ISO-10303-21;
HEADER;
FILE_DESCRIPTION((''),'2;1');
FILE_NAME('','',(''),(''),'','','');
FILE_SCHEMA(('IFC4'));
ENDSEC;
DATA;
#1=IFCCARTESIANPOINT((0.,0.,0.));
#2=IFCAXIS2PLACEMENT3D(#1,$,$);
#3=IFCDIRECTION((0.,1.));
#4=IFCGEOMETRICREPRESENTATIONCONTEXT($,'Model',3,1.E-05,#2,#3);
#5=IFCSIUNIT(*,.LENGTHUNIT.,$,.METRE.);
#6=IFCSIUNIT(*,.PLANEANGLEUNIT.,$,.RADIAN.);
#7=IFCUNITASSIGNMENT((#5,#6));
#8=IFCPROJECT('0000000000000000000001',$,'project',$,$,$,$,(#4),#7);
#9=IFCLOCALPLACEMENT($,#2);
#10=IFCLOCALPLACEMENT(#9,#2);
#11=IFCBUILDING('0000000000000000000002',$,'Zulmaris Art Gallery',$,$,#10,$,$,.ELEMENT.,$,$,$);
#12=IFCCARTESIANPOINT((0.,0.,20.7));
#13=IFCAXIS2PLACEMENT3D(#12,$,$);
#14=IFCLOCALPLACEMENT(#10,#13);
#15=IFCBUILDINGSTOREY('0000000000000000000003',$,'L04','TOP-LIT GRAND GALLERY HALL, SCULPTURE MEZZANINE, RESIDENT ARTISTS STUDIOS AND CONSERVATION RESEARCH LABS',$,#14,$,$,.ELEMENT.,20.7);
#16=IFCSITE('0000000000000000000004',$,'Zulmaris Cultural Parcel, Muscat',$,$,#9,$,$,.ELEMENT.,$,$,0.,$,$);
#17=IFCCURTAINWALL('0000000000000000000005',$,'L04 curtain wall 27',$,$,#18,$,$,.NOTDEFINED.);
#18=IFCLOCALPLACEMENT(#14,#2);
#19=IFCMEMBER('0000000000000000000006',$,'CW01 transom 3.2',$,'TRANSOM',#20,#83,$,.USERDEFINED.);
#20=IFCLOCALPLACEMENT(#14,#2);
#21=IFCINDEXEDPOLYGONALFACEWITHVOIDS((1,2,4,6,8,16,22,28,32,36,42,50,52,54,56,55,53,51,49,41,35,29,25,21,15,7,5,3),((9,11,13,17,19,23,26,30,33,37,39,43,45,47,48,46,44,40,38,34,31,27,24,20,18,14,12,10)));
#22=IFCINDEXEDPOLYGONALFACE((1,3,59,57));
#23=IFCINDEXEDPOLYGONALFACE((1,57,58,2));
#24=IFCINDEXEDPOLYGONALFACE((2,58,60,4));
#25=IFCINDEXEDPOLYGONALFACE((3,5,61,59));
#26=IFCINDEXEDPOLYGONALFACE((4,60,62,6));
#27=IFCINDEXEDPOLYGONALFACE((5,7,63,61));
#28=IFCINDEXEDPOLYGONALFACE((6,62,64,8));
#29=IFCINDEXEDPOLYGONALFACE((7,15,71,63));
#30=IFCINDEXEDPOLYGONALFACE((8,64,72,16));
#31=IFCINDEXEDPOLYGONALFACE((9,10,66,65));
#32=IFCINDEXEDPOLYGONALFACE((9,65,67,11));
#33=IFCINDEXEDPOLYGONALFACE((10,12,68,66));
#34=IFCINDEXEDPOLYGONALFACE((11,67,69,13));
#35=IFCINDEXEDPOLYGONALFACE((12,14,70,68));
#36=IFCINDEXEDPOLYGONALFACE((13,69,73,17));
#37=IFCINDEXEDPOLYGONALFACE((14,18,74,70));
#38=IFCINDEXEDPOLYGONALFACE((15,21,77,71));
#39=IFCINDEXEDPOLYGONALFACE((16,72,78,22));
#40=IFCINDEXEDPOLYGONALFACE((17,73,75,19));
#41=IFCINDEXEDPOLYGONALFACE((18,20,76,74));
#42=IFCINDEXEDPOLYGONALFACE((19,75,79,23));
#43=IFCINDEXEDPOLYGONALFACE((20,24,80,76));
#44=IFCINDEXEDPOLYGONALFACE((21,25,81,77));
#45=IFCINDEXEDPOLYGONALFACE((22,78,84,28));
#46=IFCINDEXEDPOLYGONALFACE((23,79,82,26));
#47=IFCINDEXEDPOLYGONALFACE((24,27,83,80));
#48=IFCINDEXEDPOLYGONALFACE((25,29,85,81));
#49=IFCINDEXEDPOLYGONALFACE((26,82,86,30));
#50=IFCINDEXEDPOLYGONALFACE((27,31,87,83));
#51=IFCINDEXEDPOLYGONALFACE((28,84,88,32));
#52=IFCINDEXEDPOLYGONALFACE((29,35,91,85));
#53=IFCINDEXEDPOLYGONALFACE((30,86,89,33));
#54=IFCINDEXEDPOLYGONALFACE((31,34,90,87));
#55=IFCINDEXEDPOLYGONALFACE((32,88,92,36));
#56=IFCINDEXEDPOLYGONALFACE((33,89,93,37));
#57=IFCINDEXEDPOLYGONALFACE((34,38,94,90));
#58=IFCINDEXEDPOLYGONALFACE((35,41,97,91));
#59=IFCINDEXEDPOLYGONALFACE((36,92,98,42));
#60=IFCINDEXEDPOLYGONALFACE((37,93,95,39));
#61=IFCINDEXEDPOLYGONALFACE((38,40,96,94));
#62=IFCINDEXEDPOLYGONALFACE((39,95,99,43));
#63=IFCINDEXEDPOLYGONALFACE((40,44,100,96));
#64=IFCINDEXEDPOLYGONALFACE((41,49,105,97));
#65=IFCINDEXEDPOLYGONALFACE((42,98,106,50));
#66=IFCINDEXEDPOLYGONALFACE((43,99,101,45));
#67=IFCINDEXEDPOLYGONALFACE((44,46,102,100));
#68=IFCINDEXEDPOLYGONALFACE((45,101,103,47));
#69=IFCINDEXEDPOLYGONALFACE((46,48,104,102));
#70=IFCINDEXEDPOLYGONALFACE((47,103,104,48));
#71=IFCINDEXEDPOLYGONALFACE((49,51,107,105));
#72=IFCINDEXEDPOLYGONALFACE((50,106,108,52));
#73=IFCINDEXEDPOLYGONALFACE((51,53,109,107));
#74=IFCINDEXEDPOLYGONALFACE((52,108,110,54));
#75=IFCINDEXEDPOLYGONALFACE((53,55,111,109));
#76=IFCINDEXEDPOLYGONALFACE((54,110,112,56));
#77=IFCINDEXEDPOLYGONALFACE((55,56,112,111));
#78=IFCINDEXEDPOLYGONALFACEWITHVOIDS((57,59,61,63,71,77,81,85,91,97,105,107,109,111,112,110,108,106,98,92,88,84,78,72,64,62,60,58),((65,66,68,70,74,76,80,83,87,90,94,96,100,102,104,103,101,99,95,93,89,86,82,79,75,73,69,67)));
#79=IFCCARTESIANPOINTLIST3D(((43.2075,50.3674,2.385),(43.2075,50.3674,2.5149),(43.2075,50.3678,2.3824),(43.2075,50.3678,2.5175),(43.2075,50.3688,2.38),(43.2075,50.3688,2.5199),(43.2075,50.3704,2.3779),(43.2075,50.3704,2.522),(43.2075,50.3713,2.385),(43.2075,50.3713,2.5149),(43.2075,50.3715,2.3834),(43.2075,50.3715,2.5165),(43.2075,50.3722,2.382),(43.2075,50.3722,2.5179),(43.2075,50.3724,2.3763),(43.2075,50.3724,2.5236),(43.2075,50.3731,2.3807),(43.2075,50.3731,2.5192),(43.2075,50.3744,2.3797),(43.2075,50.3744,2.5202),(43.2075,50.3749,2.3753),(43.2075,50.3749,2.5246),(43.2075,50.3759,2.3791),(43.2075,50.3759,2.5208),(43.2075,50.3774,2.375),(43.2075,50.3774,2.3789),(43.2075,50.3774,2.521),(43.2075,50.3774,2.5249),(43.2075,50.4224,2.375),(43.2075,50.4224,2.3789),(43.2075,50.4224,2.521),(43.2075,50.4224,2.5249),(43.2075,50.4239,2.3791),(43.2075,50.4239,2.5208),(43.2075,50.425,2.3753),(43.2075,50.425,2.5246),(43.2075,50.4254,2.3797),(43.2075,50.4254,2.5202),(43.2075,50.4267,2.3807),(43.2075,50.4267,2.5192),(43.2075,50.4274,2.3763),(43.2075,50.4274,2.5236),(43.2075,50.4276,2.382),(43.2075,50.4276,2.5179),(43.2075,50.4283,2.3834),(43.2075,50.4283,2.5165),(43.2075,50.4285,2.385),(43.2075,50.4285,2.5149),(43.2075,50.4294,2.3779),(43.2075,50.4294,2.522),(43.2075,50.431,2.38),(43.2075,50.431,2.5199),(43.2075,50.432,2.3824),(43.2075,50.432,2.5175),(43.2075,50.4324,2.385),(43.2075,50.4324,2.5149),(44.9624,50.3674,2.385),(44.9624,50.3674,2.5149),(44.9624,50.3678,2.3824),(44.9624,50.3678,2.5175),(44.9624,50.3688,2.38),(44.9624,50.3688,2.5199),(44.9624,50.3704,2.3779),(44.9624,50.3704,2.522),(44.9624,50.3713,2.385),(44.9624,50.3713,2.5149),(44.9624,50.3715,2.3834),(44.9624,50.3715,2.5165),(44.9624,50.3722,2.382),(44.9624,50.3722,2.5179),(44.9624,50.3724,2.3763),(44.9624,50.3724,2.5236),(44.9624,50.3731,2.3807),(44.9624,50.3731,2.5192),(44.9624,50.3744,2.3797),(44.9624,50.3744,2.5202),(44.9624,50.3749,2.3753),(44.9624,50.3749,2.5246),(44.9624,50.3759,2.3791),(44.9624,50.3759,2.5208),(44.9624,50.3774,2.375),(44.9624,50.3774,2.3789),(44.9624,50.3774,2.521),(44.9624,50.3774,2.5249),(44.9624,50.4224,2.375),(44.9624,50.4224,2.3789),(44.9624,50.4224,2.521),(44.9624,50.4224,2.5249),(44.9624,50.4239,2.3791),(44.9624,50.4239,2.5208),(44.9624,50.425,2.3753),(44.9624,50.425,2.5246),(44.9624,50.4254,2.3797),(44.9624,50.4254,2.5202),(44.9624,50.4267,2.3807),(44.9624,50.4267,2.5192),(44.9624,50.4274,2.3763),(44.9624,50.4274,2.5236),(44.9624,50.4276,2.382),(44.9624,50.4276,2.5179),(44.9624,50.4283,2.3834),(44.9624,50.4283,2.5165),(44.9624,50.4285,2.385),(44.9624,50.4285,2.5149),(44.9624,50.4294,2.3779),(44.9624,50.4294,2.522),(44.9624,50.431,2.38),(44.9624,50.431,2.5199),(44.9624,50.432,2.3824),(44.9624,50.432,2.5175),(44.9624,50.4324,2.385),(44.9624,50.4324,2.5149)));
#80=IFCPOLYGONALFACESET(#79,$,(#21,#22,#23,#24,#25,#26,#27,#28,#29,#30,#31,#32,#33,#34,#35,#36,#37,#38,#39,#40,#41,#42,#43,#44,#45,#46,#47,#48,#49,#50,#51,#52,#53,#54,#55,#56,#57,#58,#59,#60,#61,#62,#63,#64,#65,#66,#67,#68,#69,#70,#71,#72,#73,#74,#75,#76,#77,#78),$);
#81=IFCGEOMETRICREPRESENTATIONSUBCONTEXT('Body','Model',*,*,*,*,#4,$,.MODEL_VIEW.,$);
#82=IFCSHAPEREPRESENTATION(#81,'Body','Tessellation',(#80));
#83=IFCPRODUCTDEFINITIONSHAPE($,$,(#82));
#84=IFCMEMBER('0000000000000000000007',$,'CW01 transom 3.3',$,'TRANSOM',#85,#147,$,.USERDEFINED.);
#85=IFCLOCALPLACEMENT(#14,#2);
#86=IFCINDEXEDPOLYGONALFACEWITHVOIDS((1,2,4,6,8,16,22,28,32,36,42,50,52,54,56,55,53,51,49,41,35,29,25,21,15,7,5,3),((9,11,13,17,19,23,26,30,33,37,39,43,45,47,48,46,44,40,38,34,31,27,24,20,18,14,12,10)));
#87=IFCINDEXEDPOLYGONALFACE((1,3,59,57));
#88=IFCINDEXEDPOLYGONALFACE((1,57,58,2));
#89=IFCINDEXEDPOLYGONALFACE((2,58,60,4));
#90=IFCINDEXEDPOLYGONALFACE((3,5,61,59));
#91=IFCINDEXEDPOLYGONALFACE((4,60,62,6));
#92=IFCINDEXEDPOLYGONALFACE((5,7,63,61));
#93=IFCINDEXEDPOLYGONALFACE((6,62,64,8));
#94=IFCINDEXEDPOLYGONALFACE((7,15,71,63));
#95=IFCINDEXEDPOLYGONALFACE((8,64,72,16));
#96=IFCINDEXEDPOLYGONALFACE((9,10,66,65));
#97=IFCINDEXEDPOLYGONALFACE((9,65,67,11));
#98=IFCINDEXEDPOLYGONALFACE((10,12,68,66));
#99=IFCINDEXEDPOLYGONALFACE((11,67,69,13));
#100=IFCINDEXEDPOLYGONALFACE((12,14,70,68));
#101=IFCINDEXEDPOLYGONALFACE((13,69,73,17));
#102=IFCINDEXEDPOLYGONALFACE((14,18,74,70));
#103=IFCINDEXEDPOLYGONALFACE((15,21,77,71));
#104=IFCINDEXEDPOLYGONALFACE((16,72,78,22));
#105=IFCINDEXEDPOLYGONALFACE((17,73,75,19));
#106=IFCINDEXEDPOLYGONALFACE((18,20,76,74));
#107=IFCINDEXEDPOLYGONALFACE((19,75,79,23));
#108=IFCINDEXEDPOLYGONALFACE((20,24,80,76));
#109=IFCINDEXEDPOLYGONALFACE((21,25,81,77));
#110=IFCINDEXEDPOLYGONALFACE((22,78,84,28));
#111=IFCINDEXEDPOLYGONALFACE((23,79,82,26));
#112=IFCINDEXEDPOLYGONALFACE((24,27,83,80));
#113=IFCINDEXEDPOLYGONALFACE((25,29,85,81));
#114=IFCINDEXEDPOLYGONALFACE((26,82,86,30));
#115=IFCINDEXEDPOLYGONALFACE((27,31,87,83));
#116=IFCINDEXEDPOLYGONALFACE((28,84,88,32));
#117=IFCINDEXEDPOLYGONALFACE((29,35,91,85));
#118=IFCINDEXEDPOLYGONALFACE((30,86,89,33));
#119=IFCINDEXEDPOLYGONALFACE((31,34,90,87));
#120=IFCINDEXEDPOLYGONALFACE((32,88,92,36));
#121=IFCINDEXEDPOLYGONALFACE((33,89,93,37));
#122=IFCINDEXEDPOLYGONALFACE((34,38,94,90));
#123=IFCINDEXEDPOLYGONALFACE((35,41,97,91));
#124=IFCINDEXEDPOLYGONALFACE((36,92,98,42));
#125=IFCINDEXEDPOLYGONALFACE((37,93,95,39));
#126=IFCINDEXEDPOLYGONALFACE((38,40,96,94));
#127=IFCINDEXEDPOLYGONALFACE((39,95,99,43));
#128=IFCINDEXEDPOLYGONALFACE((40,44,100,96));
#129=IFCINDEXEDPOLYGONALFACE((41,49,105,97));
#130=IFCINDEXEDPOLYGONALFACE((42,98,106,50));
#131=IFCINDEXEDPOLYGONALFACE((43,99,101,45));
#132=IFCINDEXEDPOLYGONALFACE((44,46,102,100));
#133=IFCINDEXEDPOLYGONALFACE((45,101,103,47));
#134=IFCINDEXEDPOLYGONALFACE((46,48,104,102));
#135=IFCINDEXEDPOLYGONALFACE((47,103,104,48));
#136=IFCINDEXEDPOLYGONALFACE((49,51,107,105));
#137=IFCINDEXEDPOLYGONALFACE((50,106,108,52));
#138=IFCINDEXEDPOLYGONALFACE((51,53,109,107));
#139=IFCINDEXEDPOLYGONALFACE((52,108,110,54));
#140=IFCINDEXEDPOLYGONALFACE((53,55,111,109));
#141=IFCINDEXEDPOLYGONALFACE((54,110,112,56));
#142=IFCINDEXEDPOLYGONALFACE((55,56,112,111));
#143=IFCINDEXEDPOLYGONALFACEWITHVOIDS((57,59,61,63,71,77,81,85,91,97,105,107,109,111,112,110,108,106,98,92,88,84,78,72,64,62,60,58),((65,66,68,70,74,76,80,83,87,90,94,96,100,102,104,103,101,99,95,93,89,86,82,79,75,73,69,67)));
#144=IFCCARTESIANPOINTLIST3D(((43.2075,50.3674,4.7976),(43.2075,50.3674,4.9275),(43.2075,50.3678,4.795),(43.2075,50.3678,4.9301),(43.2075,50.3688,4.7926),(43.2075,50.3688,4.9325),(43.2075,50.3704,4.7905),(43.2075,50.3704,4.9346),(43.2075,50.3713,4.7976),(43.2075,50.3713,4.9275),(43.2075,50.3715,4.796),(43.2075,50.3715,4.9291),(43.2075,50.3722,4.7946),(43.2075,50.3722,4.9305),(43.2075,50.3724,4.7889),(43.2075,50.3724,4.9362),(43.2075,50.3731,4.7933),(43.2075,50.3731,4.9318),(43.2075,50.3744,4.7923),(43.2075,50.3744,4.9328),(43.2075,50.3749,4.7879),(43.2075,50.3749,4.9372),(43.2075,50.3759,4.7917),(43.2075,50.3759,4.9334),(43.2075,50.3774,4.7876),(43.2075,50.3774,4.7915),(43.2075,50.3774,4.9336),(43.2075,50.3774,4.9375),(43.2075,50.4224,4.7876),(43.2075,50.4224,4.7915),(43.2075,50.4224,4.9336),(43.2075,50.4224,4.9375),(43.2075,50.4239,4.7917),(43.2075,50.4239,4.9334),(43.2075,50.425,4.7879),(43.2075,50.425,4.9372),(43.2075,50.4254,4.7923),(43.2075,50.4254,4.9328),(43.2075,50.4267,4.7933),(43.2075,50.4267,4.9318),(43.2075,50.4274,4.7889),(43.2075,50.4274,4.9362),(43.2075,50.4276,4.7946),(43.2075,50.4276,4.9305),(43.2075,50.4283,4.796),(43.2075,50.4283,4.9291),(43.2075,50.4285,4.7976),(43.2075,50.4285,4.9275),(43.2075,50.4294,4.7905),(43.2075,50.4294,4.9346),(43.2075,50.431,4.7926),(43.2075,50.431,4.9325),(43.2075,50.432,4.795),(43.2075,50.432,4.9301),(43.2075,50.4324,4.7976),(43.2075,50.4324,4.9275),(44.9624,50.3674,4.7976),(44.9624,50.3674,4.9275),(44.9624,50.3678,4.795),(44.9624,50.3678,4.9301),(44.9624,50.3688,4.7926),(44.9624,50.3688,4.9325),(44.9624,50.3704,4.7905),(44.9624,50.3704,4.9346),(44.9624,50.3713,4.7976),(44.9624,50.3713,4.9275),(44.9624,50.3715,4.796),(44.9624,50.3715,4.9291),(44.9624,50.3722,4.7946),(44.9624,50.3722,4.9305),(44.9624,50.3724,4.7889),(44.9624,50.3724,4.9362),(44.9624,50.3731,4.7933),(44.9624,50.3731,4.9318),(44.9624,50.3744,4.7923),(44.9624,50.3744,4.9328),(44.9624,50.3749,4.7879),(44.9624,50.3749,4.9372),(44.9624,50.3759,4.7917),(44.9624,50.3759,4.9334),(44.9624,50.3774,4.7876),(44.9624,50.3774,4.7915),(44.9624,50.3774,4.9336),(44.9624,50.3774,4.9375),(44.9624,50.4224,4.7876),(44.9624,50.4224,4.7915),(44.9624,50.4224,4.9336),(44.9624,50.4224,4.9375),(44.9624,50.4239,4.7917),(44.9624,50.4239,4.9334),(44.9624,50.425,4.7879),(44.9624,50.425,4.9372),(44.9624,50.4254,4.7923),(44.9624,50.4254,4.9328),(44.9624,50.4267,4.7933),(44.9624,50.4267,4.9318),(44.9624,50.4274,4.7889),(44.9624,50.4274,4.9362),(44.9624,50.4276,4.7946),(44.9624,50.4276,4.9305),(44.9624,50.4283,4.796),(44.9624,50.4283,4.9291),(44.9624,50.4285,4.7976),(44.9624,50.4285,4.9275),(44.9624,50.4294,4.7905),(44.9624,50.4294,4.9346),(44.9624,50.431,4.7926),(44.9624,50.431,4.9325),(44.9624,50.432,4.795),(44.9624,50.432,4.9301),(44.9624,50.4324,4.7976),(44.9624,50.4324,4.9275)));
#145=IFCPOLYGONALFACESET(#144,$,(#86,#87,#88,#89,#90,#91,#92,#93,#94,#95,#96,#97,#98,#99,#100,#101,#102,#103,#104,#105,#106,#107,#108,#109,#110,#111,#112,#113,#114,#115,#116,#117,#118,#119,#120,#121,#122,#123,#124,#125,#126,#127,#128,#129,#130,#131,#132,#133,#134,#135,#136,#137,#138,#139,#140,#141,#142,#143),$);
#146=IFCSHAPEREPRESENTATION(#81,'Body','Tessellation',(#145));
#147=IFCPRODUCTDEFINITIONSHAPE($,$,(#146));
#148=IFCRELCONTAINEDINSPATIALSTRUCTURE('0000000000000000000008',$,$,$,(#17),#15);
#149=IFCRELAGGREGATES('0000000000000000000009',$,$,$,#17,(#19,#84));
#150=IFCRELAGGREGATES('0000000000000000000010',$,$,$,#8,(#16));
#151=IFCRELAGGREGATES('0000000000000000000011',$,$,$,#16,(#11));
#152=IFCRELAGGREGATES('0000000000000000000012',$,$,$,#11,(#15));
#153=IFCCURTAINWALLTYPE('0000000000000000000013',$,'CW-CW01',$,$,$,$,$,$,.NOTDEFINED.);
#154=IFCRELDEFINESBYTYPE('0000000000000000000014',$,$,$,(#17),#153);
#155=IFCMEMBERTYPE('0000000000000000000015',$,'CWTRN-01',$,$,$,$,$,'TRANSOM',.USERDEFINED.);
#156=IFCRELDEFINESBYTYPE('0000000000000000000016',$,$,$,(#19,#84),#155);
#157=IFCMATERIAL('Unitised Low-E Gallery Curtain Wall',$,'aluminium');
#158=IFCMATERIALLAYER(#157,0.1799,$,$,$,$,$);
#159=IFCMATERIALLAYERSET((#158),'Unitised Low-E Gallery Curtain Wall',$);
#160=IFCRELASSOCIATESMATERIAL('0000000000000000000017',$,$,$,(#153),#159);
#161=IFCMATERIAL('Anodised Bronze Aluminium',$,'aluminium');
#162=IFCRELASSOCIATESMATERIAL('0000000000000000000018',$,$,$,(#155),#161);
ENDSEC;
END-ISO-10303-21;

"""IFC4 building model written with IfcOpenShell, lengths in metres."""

from ifc_helpers import new_model, si_unit, direction, frame, origin, origin_2d, place, context, subcontext, project, spatial, hollow_rectangle, extrude, material, layer, layer_set, material_profile, profile_set, type_object, element, aggregate, save


model = new_model("IFC4")

# Units and contexts
model_context = context("Model", 3, precision=1e-05, world=origin(), true_north=direction((0.0, 1.0)))
body_context = subcontext(model_context, "Body", "Model", "MODEL_VIEW")
ifc_project = project(units=[si_unit("LENGTHUNIT", "METRE"), si_unit("PLANEANGLEUNIT", "RADIAN")], contexts=[model_context])

# Site, building, storey
site_placement = place(None, origin())
site = spatial("IfcSite", under=ifc_project, at=site_placement, Name="Zulmaris Cultural Parcel, Muscat", CompositionType="ELEMENT", RefElevation=0.0)
building_placement = place(site_placement, origin())
building = spatial("IfcBuilding", under=site, at=building_placement, Name="Zulmaris Art Gallery", CompositionType="ELEMENT")
storey_placement = place(building_placement, frame((0.0, 0.0, 20.7)))
storey = spatial("IfcBuildingStorey", under=building, at=storey_placement, Name="L04", Description="TOP-LIT GRAND GALLERY HALL, SCULPTURE MEZZANINE, RESIDENT ARTISTS STUDIOS AND CONSERVATION RESEARCH LABS", CompositionType="ELEMENT", Elevation=20.7)

# Shared definitions
ifc_material_1 = material(Name="Unitised Low-E Gallery Curtain Wall", Category="aluminium")
ifc_layer_1 = layer(ifc_material_1, 0.1799)
ifc_layer_set_1 = layer_set([ifc_layer_1], Name="Unitised Low-E Gallery Curtain Wall")
curtain_wall_type = type_object("IfcCurtainWallType", Name="CW-CW01", PredefinedType="NOTDEFINED", material=ifc_layer_set_1)
ifc_material_2 = material(Name="Anodised Bronze Aluminium", Category="aluminium")

# Curtain wall, members
curtain_wall_1_placement = place(storey_placement, origin())
curtain_wall_1 = element("IfcCurtainWall", 1, at=curtain_wall_1_placement, inside=storey, type_object=curtain_wall_type, Name="L04 curtain wall 27", PredefinedType="NOTDEFINED")
ifc_material_profile_1 = material_profile(ifc_material_2, hollow_rectangle(XDim=0.0649, YDim=0.1499, WallThickness=0.0039, InnerFilletRadius=0.0061, OuterFilletRadius=0.01, at=origin_2d()), Name="ALU 65x150x4")
ifc_profile_set_1 = profile_set([ifc_material_profile_1], Name="Anodised Bronze Aluminium")
member_type_1 = type_object("IfcMemberType", Name="CWTRN-01", ElementType="TRANSOM", PredefinedType="USERDEFINED", material=ifc_profile_set_1)
member_1_placement = place(storey_placement, frame((44.9624, 50.3999, 2.45), z_axis=(-1.0, 0.0, 0.0), x_axis=(0.0, -1.0, 0.0)))
member_1 = element("IfcMember", 2, at=member_1_placement, type_object=member_type_1, Name="CW01 transom 3.2", ObjectType="TRANSOM", PredefinedType="USERDEFINED", context=body_context, shape_type="SweptSolid", body=[
    extrude(hollow_rectangle(XDim=0.0649, YDim=0.1499, WallThickness=0.0039, InnerFilletRadius=0.0061, OuterFilletRadius=0.01, at=origin_2d()), origin(), (0.0, 0.0, 1.0), 1.7549),
])
member_2_placement = place(storey_placement, frame((44.9624, 50.3999, 4.8625), z_axis=(-1.0, 0.0, 0.0), x_axis=(0.0, -1.0, 0.0)))
member_2 = element("IfcMember", 3, at=member_2_placement, type_object=member_type_1, Name="CW01 transom 3.3", ObjectType="TRANSOM", PredefinedType="USERDEFINED", context=body_context, shape_type="SweptSolid", body=[
    extrude(hollow_rectangle(XDim=0.0649, YDim=0.1499, WallThickness=0.0039, InnerFilletRadius=0.0061, OuterFilletRadius=0.01, at=origin_2d()), origin(), (0.0, 0.0, 1.0), 1.7549),
])
aggregate(curtain_wall_1, [member_1, member_2])

save(model, "model.ifc")
